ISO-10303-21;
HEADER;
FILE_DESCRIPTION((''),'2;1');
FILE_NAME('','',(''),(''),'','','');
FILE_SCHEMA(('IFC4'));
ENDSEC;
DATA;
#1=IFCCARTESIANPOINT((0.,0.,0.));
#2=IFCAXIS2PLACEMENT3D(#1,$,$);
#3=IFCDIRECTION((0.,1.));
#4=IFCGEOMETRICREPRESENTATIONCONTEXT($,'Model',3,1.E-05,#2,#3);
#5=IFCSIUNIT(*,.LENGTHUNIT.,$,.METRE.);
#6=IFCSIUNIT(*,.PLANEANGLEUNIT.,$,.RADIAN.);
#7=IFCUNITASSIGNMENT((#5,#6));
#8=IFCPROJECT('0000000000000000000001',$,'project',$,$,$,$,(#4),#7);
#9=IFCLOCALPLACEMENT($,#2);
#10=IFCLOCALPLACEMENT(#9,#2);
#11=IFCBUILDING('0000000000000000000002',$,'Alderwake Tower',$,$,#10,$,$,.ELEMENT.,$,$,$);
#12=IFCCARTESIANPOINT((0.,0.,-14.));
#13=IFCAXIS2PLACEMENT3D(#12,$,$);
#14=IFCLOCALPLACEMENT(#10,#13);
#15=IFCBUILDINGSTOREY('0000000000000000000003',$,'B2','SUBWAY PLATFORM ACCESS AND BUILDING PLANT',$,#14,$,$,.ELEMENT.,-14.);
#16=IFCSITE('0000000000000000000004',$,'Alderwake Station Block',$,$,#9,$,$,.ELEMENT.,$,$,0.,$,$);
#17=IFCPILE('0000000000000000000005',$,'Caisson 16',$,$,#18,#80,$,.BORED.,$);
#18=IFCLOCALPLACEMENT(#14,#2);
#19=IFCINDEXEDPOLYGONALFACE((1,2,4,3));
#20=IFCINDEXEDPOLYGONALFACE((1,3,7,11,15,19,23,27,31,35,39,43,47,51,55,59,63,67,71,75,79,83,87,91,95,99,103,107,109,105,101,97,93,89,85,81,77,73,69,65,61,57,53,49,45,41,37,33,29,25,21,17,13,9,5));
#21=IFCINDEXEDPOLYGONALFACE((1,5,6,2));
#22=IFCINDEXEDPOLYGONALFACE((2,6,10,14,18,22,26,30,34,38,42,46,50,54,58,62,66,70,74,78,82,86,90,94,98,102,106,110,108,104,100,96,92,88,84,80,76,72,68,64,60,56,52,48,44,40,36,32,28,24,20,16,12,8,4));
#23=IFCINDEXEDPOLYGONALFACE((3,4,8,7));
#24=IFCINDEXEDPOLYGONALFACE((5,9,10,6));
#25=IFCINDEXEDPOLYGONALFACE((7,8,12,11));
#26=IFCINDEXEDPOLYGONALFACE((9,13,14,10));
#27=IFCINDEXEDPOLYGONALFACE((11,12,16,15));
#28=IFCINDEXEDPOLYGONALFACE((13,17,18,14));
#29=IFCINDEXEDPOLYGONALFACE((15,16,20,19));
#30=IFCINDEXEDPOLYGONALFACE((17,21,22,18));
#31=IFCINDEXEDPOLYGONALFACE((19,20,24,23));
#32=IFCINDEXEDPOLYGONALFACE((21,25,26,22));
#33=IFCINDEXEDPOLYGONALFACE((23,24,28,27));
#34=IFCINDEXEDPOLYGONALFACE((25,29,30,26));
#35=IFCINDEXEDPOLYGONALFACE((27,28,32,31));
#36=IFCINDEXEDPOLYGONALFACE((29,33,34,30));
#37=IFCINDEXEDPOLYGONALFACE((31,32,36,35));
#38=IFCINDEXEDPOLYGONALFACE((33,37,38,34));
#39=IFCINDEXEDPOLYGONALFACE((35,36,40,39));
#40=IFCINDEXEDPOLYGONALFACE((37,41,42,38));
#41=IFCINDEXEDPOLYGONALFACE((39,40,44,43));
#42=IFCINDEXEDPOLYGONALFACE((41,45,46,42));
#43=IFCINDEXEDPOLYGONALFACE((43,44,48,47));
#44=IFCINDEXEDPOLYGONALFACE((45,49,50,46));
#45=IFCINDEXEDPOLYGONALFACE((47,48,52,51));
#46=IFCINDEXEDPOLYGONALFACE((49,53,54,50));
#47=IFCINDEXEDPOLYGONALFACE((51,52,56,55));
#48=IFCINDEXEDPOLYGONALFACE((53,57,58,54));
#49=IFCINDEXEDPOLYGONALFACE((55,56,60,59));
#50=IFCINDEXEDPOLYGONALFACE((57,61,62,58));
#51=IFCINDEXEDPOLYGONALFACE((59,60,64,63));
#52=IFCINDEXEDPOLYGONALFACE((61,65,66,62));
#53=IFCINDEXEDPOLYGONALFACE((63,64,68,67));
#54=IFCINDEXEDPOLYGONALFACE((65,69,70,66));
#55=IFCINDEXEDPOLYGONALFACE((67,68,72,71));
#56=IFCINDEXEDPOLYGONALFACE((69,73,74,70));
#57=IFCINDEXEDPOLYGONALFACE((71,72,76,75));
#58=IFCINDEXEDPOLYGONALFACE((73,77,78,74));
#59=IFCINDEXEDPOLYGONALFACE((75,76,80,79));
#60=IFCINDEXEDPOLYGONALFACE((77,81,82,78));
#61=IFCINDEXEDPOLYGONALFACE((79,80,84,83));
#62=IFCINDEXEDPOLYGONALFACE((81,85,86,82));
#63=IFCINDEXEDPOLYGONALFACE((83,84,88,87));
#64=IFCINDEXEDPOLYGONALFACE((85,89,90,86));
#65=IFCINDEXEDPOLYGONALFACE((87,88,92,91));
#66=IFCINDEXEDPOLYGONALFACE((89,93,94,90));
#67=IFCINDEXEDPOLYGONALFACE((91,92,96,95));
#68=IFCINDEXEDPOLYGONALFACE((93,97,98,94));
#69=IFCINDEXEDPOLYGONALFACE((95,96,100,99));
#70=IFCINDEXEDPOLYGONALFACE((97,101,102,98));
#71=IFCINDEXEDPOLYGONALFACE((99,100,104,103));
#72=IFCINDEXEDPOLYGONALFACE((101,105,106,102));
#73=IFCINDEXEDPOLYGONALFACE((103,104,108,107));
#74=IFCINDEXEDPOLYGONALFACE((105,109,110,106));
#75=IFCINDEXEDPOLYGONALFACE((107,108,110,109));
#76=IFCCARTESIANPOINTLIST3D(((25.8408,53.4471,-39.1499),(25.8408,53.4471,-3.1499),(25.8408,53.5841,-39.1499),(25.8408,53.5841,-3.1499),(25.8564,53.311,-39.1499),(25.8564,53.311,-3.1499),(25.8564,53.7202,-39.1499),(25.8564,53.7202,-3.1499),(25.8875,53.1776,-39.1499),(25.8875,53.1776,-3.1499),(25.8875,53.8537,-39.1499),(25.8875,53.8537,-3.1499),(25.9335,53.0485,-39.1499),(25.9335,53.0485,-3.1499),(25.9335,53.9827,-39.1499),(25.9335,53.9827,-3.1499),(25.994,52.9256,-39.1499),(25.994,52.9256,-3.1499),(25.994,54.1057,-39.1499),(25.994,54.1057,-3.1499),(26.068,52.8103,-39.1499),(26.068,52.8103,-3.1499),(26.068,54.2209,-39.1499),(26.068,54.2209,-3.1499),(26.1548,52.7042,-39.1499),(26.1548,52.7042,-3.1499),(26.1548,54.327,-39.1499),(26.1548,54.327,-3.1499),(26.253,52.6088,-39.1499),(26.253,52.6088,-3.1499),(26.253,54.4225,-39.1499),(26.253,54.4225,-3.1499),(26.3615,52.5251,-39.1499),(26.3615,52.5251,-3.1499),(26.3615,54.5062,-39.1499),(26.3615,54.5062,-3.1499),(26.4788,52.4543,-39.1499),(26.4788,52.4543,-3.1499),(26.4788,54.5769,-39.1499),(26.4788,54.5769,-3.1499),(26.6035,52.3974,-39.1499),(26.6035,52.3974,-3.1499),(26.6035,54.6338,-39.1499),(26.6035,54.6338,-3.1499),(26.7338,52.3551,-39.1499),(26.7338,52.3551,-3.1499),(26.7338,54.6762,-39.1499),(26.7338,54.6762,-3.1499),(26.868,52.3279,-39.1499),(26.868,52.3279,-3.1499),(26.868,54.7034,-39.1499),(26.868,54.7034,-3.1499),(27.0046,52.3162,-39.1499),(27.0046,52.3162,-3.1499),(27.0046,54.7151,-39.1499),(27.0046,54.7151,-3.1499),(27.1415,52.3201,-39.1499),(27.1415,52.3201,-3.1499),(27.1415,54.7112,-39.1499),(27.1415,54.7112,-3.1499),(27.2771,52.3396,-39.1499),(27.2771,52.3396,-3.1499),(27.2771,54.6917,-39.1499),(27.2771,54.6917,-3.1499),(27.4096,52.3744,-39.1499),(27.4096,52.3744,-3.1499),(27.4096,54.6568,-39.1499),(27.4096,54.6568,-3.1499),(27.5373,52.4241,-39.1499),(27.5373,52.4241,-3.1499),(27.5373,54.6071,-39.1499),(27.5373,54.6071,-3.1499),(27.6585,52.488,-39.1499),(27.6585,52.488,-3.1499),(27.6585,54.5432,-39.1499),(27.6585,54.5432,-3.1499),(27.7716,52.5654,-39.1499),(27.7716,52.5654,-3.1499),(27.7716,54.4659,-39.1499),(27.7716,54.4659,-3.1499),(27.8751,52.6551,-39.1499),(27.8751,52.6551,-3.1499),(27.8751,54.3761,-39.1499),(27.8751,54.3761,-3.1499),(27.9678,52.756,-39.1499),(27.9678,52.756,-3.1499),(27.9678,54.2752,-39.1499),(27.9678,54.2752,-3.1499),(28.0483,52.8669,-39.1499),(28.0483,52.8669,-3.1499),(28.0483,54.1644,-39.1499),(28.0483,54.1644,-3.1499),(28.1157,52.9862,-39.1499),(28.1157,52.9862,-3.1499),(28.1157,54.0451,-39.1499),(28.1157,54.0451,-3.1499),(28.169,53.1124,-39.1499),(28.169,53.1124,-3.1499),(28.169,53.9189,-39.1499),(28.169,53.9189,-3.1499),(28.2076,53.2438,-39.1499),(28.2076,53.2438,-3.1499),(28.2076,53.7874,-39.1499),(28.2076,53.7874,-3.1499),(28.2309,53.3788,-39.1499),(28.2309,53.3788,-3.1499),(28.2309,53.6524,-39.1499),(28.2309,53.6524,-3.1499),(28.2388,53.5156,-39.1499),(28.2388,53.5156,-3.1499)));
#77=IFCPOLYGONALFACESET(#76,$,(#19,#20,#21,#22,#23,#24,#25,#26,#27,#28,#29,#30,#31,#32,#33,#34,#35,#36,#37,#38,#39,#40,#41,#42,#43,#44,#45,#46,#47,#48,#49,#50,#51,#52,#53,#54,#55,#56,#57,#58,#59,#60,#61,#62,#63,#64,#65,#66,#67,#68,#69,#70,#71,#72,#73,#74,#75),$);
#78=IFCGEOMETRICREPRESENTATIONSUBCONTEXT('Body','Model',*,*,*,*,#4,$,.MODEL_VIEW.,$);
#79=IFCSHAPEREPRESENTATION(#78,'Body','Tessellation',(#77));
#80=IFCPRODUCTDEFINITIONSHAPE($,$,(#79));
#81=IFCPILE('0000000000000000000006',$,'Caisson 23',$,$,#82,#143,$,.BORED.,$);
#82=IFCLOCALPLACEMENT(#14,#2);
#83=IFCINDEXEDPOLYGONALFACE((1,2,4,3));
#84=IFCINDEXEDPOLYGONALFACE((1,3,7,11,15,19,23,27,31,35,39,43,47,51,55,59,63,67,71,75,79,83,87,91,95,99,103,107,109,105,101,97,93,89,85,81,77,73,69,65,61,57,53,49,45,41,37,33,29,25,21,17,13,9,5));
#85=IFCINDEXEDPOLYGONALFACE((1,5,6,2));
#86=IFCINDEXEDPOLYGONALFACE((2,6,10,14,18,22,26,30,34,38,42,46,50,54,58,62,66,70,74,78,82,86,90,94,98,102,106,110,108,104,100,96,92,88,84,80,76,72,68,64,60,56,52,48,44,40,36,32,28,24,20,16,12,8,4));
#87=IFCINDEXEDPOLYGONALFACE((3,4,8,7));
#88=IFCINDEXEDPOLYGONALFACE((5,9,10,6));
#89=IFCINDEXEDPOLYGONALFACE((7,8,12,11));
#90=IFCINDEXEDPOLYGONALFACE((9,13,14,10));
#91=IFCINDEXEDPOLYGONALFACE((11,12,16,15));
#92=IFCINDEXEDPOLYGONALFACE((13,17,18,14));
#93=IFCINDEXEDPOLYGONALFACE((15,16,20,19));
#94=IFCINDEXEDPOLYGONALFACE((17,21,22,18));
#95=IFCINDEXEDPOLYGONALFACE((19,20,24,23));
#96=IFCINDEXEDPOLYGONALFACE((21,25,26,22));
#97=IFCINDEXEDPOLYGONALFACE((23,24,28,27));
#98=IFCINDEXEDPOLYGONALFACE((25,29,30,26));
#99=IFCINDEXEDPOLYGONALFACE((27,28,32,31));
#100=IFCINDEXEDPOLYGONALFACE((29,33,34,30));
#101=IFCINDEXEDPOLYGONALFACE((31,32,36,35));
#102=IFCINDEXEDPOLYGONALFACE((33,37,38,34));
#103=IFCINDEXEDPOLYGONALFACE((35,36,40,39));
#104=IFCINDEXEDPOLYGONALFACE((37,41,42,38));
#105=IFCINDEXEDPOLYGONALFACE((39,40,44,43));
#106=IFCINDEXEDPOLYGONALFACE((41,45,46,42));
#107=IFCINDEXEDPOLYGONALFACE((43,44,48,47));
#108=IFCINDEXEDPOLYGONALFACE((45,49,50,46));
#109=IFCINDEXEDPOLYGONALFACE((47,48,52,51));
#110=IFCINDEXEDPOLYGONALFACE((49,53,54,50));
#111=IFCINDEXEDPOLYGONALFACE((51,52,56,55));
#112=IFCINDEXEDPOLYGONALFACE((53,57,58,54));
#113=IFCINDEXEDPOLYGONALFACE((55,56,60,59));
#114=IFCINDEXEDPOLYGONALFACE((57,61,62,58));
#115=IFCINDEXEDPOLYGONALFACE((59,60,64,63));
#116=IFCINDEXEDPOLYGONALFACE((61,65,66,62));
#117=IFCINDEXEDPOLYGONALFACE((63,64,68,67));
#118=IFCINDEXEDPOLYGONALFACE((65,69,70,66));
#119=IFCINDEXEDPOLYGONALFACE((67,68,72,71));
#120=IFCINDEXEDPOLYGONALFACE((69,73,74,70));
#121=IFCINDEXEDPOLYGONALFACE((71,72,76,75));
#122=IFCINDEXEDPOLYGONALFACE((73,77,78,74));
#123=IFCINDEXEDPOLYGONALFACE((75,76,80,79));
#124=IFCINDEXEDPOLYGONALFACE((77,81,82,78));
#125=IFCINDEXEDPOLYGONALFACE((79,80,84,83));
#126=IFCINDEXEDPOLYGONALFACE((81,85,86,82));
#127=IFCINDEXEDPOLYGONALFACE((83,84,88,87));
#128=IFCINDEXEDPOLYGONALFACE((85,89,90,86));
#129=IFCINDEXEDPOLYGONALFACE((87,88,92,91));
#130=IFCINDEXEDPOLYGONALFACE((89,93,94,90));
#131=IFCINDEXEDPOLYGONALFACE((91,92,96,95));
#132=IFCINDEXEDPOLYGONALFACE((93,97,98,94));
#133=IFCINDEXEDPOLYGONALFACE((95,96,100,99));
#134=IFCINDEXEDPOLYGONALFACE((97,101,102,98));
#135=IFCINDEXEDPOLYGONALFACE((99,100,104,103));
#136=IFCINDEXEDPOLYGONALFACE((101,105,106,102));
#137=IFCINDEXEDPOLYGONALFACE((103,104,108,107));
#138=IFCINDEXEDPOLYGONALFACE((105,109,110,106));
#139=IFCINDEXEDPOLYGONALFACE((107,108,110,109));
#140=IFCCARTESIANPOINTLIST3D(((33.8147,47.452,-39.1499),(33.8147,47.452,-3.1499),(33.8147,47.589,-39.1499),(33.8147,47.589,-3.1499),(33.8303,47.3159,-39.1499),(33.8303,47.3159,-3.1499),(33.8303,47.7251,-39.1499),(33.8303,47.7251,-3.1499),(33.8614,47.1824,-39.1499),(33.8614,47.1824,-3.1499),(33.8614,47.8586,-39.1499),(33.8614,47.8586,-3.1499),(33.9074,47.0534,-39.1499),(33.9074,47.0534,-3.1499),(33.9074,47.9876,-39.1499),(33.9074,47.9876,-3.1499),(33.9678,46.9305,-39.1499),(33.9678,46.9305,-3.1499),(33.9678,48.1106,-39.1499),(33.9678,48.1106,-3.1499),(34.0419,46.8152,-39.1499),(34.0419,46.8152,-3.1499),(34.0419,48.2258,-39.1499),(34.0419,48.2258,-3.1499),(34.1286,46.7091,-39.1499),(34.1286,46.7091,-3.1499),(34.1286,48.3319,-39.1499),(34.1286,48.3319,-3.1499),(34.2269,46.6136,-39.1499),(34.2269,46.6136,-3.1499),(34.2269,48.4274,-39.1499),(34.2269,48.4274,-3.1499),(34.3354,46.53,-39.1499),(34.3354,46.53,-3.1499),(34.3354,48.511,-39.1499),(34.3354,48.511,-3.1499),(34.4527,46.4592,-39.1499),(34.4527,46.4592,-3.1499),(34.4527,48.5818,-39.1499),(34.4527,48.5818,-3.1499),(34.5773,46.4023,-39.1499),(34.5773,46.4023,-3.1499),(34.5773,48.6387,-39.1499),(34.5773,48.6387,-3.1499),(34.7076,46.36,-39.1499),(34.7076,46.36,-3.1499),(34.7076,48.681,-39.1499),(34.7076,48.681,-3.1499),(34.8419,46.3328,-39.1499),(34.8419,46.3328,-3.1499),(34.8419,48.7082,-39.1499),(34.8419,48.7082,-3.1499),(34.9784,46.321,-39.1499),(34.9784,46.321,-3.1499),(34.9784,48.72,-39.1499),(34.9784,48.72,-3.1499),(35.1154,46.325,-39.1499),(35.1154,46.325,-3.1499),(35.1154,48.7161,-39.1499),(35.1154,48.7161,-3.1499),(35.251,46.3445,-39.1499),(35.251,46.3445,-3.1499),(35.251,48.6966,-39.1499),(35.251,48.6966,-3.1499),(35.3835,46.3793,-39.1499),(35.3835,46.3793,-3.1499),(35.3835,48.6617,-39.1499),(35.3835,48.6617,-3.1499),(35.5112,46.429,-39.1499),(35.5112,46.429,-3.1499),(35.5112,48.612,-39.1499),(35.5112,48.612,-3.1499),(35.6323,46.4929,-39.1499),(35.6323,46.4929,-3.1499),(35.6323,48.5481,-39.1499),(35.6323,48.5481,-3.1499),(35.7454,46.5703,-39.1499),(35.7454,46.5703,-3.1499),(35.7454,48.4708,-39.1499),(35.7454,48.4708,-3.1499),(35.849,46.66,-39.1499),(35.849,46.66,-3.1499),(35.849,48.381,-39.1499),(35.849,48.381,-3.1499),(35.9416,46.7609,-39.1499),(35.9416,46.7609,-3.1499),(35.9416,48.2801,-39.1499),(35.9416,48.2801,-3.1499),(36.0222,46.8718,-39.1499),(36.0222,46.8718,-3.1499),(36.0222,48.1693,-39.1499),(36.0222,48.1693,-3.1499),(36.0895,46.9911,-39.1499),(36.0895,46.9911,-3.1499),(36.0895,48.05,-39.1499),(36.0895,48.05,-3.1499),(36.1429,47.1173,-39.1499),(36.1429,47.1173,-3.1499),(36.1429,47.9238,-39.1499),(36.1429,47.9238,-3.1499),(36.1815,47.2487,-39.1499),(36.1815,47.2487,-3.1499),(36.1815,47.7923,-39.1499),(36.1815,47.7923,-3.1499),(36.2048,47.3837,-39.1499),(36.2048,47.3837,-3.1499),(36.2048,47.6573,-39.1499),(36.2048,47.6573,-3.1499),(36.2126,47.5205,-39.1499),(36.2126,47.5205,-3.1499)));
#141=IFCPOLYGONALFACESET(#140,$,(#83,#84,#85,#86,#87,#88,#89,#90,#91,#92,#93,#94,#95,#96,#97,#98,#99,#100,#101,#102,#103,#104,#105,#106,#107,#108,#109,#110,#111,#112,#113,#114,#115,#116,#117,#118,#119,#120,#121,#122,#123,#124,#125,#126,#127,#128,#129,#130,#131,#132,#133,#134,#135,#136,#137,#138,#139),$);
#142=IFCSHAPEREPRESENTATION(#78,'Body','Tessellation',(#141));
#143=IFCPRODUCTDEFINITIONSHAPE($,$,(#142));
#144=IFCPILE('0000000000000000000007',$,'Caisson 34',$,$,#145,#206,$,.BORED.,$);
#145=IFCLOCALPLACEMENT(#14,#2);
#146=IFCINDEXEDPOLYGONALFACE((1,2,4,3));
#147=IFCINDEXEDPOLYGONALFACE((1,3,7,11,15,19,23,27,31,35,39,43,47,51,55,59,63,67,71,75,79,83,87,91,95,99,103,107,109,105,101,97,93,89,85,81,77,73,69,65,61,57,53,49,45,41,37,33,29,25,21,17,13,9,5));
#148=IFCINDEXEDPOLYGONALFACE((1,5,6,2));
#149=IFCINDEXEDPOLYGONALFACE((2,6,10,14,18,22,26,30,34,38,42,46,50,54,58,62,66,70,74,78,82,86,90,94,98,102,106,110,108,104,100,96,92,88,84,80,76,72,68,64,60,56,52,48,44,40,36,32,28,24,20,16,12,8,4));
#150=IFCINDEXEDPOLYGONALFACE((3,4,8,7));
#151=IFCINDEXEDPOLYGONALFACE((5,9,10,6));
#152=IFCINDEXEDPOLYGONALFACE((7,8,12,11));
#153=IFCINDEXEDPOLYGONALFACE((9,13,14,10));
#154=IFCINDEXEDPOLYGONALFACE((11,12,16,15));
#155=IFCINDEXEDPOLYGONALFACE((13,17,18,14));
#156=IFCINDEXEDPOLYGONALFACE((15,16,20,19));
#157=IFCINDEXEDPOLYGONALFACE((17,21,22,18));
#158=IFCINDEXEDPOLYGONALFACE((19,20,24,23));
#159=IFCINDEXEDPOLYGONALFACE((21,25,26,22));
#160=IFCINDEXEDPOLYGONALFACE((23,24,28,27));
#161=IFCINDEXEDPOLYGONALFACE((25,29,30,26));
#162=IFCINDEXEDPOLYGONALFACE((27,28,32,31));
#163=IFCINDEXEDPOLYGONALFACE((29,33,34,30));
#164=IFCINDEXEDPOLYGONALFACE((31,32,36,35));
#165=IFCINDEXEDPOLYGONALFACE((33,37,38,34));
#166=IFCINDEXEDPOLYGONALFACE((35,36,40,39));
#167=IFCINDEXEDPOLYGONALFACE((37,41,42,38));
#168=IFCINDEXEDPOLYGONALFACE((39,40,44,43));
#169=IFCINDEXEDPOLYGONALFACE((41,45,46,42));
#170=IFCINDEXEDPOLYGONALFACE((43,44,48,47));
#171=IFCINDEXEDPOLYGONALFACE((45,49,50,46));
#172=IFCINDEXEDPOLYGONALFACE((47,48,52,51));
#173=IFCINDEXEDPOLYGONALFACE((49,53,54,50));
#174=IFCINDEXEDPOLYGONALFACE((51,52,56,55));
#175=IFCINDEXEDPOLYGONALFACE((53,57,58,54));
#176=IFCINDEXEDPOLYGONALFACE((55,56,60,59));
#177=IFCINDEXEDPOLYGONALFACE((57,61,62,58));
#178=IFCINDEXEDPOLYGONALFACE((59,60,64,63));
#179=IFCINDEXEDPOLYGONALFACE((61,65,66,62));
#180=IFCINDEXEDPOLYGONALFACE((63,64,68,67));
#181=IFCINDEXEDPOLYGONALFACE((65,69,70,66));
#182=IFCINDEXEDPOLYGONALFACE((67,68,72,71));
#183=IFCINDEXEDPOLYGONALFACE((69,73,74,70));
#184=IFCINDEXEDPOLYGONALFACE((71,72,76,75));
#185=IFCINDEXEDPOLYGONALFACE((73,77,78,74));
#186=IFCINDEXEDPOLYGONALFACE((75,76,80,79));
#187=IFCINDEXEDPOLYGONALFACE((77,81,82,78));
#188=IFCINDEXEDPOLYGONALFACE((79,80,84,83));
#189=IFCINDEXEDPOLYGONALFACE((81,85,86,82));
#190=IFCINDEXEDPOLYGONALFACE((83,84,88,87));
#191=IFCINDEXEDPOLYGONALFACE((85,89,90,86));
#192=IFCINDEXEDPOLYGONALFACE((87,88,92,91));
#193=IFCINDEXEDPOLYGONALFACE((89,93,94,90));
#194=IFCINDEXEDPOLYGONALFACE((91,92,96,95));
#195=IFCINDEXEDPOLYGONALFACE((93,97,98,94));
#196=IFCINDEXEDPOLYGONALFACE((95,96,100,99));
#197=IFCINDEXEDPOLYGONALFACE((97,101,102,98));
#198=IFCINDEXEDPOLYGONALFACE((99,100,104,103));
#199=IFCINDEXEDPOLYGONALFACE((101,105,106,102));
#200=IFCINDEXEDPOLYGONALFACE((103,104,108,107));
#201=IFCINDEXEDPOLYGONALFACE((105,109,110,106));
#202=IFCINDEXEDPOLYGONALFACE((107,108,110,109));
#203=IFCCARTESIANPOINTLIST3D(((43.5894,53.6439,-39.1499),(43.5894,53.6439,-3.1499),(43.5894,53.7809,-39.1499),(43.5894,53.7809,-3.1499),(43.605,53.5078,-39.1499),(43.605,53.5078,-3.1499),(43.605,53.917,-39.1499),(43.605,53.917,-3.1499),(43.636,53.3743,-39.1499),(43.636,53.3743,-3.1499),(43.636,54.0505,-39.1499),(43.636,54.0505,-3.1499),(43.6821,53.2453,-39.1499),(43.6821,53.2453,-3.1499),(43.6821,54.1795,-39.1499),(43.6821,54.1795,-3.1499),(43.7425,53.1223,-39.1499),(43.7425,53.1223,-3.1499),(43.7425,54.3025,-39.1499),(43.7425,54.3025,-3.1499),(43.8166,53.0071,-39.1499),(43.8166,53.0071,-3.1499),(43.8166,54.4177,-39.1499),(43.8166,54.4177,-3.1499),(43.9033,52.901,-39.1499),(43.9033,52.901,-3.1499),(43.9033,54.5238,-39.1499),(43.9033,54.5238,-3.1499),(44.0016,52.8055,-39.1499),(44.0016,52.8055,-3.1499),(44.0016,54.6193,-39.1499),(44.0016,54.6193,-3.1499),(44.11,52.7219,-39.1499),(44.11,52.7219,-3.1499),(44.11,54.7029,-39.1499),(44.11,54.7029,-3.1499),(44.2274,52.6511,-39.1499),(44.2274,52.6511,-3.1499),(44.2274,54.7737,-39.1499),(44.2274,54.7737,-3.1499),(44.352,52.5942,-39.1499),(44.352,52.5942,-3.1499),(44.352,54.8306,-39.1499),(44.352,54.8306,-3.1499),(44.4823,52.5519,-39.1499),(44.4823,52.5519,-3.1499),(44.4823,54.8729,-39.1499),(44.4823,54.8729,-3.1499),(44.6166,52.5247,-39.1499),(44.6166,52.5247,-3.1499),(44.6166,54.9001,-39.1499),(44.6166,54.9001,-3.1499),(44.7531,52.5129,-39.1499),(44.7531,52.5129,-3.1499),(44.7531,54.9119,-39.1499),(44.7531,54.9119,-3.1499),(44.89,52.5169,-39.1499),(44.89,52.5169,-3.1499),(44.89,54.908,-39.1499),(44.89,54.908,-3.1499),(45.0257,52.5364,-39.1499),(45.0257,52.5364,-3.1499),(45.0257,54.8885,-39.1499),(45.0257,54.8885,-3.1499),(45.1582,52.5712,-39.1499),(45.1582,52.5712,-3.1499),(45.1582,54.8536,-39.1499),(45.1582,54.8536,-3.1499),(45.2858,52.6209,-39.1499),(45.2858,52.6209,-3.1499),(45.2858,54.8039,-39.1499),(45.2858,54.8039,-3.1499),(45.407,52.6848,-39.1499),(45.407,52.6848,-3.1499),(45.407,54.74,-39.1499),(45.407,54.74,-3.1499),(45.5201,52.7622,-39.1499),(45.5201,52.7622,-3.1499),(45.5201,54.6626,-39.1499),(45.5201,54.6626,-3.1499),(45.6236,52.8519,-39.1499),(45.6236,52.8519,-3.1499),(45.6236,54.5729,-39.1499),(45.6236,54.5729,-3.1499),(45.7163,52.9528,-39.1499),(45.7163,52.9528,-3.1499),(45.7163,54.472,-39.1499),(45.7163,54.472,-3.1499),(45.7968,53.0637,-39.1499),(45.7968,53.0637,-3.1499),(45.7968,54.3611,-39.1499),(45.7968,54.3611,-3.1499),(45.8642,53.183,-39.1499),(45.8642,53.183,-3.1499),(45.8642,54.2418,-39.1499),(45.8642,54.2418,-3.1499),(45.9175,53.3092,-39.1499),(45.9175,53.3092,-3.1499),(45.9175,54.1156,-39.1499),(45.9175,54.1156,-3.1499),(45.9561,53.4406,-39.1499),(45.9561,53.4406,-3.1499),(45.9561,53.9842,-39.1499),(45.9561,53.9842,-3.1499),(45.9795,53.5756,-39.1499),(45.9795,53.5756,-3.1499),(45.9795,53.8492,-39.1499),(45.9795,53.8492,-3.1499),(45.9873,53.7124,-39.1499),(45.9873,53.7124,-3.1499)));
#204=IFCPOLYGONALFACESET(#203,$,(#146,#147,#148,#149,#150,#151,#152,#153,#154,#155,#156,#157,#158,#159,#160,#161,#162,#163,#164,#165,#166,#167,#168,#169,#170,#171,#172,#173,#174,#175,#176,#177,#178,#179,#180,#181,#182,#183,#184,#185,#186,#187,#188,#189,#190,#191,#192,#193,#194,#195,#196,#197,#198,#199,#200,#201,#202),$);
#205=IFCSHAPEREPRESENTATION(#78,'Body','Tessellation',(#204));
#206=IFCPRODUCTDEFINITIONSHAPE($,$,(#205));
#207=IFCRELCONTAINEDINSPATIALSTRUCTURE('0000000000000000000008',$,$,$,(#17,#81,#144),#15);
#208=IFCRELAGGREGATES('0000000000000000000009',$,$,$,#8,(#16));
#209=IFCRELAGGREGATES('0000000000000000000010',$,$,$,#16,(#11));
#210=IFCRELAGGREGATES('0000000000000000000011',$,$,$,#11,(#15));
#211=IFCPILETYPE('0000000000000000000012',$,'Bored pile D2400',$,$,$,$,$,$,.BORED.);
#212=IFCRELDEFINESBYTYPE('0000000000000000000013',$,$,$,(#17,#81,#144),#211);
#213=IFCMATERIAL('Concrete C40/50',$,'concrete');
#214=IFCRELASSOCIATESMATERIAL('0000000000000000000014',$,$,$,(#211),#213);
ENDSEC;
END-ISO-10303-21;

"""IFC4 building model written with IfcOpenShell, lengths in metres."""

from ifc_helpers import new_model, si_unit, direction, frame, origin, origin_2d, place, context, subcontext, project, spatial, circle, extrude, material, material_profile, profile_set, type_object, element, save


model = new_model("IFC4")

# Units and contexts
model_context = context("Model", 3, precision=1e-05, world=origin(), true_north=direction((0.0, 1.0)))
body_context = subcontext(model_context, "Body", "Model", "MODEL_VIEW")
ifc_project = project(units=[si_unit("LENGTHUNIT", "METRE"), si_unit("PLANEANGLEUNIT", "RADIAN")], contexts=[model_context])

# Site, building, storey
site_placement = place(None, origin())
site = spatial("IfcSite", under=ifc_project, at=site_placement, Name="Alderwake Station Block", CompositionType="ELEMENT", RefElevation=0.0)
building_placement = place(site_placement, origin())
building = spatial("IfcBuilding", under=site, at=building_placement, Name="Alderwake Tower", CompositionType="ELEMENT")
storey_placement = place(building_placement, frame((0.0, 0.0, -14.0)))
storey = spatial("IfcBuildingStorey", under=building, at=storey_placement, Name="B2", Description="SUBWAY PLATFORM ACCESS AND BUILDING PLANT", CompositionType="ELEMENT", Elevation=-14.0)

# Piles
ifc_material_1 = material(Name="Concrete C40/50", Category="concrete")
ifc_material_profile_1 = material_profile(ifc_material_1, circle(Radius=1.2, at=origin_2d()), Name="PILE 2400")
ifc_profile_set_1 = profile_set([ifc_material_profile_1], Name="Concrete C40/50")
pile_type = type_object("IfcPileType", Name="Bored pile D2400", PredefinedType="BORED", material=ifc_profile_set_1)
for number, where, z_axis, x_axis, name in (
    (1, (27.0388, 53.5156, -3.1499), (0.0, 0.0, -1.0), (1.0, 0.0, 0.0), "Caisson 16"),
    (2, (35.0127, 47.5205, -3.1499), (0.0, 0.0, -1.0), (1.0, 0.0, 0.0), "Caisson 23"),
    (3, (44.7874, 53.7124, -3.1499), (0.0, 0.0, -1.0), (1.0, 0.0, 0.0), "Caisson 34"),
):
    element("IfcPile", number, at=place(storey_placement, frame(where, z_axis=z_axis, x_axis=x_axis)), inside=storey, type_object=pile_type, Name=name, PredefinedType="BORED", context=body_context, shape_type="SweptSolid", body=[
        extrude(circle(Radius=1.2, at=origin_2d()), origin(), (0.0, 0.0, 1.0), 36.0),
    ])

save(model, "model.ifc")
